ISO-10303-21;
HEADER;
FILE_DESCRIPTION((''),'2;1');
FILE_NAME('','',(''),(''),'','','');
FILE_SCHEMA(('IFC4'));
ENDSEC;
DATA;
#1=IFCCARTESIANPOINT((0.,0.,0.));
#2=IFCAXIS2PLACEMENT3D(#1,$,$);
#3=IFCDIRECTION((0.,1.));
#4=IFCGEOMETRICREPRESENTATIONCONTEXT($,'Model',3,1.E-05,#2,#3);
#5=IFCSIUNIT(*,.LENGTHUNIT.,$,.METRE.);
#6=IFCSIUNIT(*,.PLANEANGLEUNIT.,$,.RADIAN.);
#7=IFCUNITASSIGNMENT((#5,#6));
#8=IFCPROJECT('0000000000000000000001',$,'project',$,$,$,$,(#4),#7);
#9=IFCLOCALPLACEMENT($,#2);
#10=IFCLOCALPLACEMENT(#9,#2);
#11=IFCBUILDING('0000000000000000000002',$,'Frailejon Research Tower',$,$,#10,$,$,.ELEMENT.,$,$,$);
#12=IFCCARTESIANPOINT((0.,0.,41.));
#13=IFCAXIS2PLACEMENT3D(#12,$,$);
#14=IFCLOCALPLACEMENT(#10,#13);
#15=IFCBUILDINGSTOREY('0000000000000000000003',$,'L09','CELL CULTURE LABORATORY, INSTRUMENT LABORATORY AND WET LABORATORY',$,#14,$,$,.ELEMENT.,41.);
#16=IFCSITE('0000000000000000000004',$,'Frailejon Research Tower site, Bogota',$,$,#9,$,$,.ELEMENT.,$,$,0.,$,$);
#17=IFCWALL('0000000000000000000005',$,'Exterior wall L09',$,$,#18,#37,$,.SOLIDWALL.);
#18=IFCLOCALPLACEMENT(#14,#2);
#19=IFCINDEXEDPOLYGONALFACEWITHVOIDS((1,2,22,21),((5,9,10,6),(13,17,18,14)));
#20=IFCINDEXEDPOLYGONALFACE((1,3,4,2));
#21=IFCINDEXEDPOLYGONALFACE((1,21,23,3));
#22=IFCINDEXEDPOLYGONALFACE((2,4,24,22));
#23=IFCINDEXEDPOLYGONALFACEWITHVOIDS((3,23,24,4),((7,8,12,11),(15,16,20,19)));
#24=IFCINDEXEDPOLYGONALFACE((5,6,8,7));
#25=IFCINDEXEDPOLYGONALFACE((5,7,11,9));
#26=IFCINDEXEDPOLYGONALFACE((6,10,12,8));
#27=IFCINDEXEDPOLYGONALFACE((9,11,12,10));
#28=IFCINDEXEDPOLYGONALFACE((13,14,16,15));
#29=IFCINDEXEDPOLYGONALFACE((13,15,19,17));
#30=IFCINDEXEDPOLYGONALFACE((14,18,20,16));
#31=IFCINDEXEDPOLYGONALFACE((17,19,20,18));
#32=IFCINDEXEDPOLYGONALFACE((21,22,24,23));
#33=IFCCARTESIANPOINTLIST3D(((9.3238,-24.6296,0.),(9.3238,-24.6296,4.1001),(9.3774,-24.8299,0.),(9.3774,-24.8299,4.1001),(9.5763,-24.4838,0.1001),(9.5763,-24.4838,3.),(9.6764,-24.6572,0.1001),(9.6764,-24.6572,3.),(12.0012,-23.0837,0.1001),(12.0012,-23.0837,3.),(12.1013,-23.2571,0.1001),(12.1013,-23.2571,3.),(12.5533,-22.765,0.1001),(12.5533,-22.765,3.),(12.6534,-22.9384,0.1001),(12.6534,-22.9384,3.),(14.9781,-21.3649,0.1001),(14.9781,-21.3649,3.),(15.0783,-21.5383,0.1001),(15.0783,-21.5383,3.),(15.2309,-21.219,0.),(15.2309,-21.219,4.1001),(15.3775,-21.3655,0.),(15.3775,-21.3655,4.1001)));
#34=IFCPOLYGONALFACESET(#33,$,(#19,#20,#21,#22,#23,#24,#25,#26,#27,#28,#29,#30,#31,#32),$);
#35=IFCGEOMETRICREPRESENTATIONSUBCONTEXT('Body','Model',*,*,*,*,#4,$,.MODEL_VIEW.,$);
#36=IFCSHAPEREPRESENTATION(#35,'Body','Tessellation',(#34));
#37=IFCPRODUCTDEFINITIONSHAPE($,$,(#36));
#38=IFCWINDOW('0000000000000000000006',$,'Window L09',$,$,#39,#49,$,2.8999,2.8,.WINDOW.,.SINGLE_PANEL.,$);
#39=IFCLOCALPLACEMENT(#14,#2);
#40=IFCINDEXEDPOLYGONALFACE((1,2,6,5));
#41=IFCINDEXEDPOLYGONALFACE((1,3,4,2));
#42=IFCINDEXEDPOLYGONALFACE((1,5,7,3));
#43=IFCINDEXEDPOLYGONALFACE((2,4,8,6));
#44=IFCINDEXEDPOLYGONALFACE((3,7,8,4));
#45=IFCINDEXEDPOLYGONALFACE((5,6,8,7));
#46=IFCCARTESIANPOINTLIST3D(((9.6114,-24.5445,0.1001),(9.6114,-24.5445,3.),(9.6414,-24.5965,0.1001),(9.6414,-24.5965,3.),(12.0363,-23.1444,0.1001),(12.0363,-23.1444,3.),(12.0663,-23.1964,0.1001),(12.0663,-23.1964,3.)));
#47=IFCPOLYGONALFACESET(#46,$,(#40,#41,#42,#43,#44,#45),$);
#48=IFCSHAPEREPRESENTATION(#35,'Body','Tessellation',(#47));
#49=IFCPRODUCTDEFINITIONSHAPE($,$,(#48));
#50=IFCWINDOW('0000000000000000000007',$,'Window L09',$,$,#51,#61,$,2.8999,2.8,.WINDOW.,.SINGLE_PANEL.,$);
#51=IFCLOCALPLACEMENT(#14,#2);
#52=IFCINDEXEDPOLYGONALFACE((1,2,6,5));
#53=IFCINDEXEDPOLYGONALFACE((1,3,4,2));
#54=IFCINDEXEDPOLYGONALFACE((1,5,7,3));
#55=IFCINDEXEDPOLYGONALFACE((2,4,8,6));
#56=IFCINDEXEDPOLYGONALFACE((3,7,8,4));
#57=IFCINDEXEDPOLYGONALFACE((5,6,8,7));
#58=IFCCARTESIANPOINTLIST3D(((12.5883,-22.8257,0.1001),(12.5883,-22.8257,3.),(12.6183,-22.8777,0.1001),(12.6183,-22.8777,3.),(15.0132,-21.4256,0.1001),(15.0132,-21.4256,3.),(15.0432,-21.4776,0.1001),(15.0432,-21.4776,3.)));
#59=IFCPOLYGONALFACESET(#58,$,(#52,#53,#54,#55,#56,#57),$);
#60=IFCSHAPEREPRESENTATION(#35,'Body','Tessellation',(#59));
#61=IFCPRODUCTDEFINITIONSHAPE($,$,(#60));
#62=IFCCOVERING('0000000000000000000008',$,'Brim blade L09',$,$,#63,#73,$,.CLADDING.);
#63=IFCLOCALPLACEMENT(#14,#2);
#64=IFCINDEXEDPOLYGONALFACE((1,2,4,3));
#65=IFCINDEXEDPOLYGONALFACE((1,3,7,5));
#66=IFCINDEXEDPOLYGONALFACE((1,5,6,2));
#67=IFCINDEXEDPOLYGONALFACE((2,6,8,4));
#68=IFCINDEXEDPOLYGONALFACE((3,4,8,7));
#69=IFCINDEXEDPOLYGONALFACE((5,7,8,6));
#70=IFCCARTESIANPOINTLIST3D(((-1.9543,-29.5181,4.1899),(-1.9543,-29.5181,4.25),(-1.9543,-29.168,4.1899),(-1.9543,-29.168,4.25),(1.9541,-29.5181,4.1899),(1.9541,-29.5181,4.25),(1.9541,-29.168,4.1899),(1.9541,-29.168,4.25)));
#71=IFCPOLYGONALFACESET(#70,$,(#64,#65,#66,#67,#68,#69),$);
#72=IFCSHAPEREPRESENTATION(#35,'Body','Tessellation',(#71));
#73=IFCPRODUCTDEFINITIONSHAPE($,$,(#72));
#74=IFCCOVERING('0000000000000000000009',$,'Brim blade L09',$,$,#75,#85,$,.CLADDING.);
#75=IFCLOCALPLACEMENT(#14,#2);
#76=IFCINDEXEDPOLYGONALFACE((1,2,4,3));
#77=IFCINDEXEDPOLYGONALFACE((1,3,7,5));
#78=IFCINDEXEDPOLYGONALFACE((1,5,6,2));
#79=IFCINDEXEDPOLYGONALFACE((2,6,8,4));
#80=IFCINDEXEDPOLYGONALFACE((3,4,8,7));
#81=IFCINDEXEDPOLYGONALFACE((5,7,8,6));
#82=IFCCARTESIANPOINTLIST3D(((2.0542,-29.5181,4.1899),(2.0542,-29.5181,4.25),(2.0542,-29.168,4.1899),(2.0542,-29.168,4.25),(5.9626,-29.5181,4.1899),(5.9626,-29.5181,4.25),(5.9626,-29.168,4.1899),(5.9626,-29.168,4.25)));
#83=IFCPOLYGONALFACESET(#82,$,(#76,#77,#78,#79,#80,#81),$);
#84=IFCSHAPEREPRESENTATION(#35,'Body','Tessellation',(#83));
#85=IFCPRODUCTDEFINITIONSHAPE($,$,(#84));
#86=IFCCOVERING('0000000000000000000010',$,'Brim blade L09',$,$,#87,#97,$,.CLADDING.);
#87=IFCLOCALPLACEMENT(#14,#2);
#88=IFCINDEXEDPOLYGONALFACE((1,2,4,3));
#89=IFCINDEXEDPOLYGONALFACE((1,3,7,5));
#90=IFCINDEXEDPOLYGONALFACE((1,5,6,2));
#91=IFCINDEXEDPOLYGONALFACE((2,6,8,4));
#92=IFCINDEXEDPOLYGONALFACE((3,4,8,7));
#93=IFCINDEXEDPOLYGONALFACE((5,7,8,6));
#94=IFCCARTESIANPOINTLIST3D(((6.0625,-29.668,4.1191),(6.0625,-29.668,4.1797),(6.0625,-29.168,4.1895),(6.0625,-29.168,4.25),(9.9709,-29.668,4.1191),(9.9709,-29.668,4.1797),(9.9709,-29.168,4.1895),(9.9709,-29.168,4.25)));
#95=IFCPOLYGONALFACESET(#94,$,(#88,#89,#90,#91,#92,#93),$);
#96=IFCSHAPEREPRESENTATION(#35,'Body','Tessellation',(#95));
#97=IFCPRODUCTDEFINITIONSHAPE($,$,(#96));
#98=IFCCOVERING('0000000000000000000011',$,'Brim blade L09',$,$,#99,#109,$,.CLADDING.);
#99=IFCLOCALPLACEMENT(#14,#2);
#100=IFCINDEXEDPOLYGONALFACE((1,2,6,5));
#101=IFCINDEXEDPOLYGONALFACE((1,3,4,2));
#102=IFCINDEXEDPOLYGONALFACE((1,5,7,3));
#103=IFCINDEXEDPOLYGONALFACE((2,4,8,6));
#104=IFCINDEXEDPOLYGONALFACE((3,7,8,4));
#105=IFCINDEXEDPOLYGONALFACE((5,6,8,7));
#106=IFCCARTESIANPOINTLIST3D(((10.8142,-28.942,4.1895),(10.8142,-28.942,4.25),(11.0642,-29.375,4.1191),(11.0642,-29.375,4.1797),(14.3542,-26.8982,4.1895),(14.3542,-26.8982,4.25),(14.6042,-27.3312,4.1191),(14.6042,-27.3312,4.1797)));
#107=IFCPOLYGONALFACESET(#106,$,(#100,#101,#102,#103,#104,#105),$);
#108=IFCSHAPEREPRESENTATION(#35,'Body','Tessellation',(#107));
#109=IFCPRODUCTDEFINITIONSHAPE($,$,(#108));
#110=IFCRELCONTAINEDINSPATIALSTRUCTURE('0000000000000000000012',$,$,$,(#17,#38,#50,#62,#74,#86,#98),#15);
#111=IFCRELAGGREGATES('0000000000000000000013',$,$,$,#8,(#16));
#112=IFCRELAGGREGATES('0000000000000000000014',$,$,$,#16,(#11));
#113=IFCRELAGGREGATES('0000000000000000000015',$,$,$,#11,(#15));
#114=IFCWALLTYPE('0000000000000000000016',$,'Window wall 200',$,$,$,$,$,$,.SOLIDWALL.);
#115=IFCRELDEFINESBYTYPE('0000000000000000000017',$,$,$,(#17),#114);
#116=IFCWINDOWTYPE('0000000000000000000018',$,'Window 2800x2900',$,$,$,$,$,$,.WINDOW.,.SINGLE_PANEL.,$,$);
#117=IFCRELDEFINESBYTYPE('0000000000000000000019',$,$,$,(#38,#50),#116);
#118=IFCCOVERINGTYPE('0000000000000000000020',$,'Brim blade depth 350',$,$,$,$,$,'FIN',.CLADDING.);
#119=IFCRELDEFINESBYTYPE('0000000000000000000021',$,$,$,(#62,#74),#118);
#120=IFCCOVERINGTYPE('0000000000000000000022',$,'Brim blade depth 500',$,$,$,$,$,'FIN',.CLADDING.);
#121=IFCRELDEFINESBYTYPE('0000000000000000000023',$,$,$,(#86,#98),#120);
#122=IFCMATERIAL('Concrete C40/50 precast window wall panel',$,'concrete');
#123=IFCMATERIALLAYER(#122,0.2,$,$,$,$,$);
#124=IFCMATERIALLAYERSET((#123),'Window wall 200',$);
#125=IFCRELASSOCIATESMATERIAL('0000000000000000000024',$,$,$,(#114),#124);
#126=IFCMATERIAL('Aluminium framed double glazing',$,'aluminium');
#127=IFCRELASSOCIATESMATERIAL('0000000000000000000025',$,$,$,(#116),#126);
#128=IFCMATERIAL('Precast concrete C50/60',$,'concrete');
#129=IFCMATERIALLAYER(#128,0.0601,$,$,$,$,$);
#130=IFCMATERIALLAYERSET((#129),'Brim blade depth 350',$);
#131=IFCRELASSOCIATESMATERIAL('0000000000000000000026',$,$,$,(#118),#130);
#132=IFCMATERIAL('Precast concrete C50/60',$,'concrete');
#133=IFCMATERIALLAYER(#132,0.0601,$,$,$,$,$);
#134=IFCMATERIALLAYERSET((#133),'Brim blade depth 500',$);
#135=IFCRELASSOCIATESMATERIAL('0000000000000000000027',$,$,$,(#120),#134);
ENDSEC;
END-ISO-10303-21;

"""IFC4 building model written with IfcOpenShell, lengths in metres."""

from ifc_helpers import new_model, si_unit, direction, frame, frame_2d, origin, place, context, subcontext, project, spatial, polyline, rectangle, outline, extrude, material, layer, layer_set, type_object, element, fill, save


model = new_model("IFC4")

# Units and contexts
model_context = context("Model", 3, precision=1e-05, world=origin(), true_north=direction((0.0, 1.0)))
body_context = subcontext(model_context, "Body", "Model", "MODEL_VIEW")
ifc_project = project(units=[si_unit("LENGTHUNIT", "METRE"), si_unit("PLANEANGLEUNIT", "RADIAN")], contexts=[model_context])

# Site, building, storey
site_placement = place(None, origin())
site = spatial("IfcSite", under=ifc_project, at=site_placement, Name="Frailejon Research Tower site, Bogota", CompositionType="ELEMENT", RefElevation=0.0)
building_placement = place(site_placement, origin())
building = spatial("IfcBuilding", under=site, at=building_placement, Name="Frailejon Research Tower", CompositionType="ELEMENT")
storey_placement = place(building_placement, frame((0.0, 0.0, 41.0)))
storey = spatial("IfcBuildingStorey", under=building, at=storey_placement, Name="L09", Description="CELL CULTURE LABORATORY, INSTRUMENT LABORATORY AND WET LABORATORY", CompositionType="ELEMENT", Elevation=41.0)

# Wall, openings, windows
ifc_material_1 = material(Name="Concrete C40/50 precast window wall panel", Category="concrete")
ifc_layer_1 = layer(ifc_material_1, 0.2)
ifc_layer_set_1 = layer_set([ifc_layer_1], Name="Window wall 200")
wall_type = type_object("IfcWallType", Name="Window wall 200", PredefinedType="SOLIDWALL", material=ifc_layer_set_1)
wall_placement = place(storey_placement, frame((9.3506, -24.7297, 0.0), z_axis=(0.0, 0.0, 1.0), x_axis=(0.866014, 0.50002, 0.0)))
wall = element("IfcWall", 1, at=wall_placement, inside=storey, type_object=wall_type, Name="Exterior wall L09", PredefinedType="SOLIDWALL", context=body_context, shape_type="SweptSolid", body=[
    extrude(outline(polyline([(-0.0269, -0.1001), (1.1279, -0.1001), (2.2827, -0.1001), (3.4375, -0.1001), (4.592, -0.1001), (5.7468, -0.1001), (6.9016, -0.1001), (6.8479, 0.1001), (5.7109, 0.1001), (4.5742, 0.1001), (3.4375, 0.1001), (2.3005, 0.1001), (1.1636, 0.1001), (0.0269, 0.1001), (-0.0269, -0.1001)])), origin(), (0.0, 0.0, 1.0), 4.1001),
])
opening_1_placement = place(wall_placement, frame((0.3186, 0.0, 0.1001)))
opening_1 = element("IfcOpeningElement", 2, at=opening_1_placement, cuts=wall, PredefinedType="OPENING", context=body_context, shape_type="SweptSolid", body=[
    extrude(rectangle(XDim=2.8, YDim=2.8999, at=frame_2d((1.3999, 1.45))), frame((0.0, 0.1099, 0.0), z_axis=(0.0, -1.0, 0.0), x_axis=(1.0, 0.0, 0.0)), (0.0, 0.0, 1.0), 0.22),
])
opening_2_placement = place(wall_placement, frame((3.7561, 0.0, 0.1001)))
opening_2 = element("IfcOpeningElement", 3, at=opening_2_placement, cuts=wall, PredefinedType="OPENING", context=body_context, shape_type="SweptSolid", body=[
    extrude(rectangle(XDim=2.8, YDim=2.8999, at=frame_2d((1.3999, 1.45))), frame((0.0, 0.1099, 0.0), z_axis=(0.0, -1.0, 0.0), x_axis=(1.0, 0.0, 0.0)), (0.0, 0.0, 1.0), 0.22),
])
ifc_material_2 = material(Name="Aluminium framed double glazing", Category="aluminium")
window_type = type_object("IfcWindowType", Name="Window 2800x2900", PartitioningType="SINGLE_PANEL", PredefinedType="WINDOW", material=ifc_material_2)
window_1_placement = place(opening_1_placement, origin())
window_1 = element("IfcWindow", 4, at=window_1_placement, inside=storey, type_object=window_type, Name="Window L09", OverallHeight=2.8999, OverallWidth=2.8, PartitioningType="SINGLE_PANEL", PredefinedType="WINDOW", context=body_context, shape_type="SweptSolid", body=[
    extrude(rectangle(XDim=2.8, YDim=2.8999, at=frame_2d((1.3999, 1.45))), frame((0.0, 0.03, 0.0), z_axis=(0.0, -1.0, 0.0), x_axis=(1.0, 0.0, 0.0)), (0.0, 0.0, 1.0), 0.0601),
])
fill(opening_1, window_1)
window_2_placement = place(opening_2_placement, origin())
window_2 = element("IfcWindow", 5, at=window_2_placement, inside=storey, type_object=window_type, Name="Window L09", OverallHeight=2.8999, OverallWidth=2.8, PartitioningType="SINGLE_PANEL", PredefinedType="WINDOW", context=body_context, shape_type="SweptSolid", body=[
    extrude(rectangle(XDim=2.8, YDim=2.8999, at=frame_2d((1.3999, 1.45))), frame((0.0, 0.03, 0.0), z_axis=(0.0, -1.0, 0.0), x_axis=(1.0, 0.0, 0.0)), (0.0, 0.0, 1.0), 0.0601),
])
fill(opening_2, window_2)

# Coverings
ifc_material_3 = material(Name="Precast concrete C50/60", Category="concrete")
ifc_layer_2 = layer(ifc_material_3, 0.0601)
ifc_layer_set_2 = layer_set([ifc_layer_2], Name="Brim blade depth 350")
covering_type_1 = type_object("IfcCoveringType", Name="Brim blade depth 350", ElementType="FIN", PredefinedType="CLADDING", material=ifc_layer_set_2)
for number, where, z_axis, x_axis, name in (
    (6, (1.9541, -29.168, 4.25), (-1.0, 0.0, 0.0), (0.0, -1.0, 0.0), "Brim blade L09"),
    (7, (5.9626, -29.168, 4.25), (-1.0, 0.0, 0.0), (0.0, -1.0, 0.0), "Brim blade L09"),
):
    element("IfcCovering", number, at=place(storey_placement, frame(where, z_axis=z_axis, x_axis=x_axis)), inside=storey, type_object=covering_type_1, Name=name, PredefinedType="CLADDING", context=body_context, shape_type="SweptSolid", body=[
        extrude(outline(polyline([(0.0, -0.0601), (0.3501, -0.0601), (0.3501, 0.0), (0.0, 0.0), (0.0, -0.0601)])), origin(), (0.0, 0.0, 1.0), 3.9084),
    ])
ifc_material_4 = material(Name="Precast concrete C50/60", Category="concrete")
ifc_layer_3 = layer(ifc_material_4, 0.0601)
ifc_layer_set_3 = layer_set([ifc_layer_3], Name="Brim blade depth 500")
covering_type_2 = type_object("IfcCoveringType", Name="Brim blade depth 500", ElementType="FIN", PredefinedType="CLADDING", material=ifc_layer_set_3)
covering_1_placement = place(storey_placement, frame((9.9709, -29.168, 4.25), z_axis=(-1.0, 0.0, 0.0), x_axis=(0.0, -1.0, 0.0)))
element("IfcCovering", 8, at=covering_1_placement, inside=storey, type_object=covering_type_2, Name="Brim blade L09", PredefinedType="CLADDING", context=body_context, shape_type="SweptSolid", body=[
    extrude(outline(polyline([(0.0, -0.0605), (0.5, -0.1309), (0.5, -0.0703), (0.0, 0.0), (0.0, -0.0605)])), origin(), (0.0, 0.0, 1.0), 3.9084),
])
covering_2_placement = place(storey_placement, frame((14.3542, -26.8982, 4.25), z_axis=(-0.866027, -0.499997, 0.0), x_axis=(0.499997, -0.866027, 0.0)))
element("IfcCovering", 9, at=covering_2_placement, inside=storey, type_object=covering_type_2, Name="Brim blade L09", PredefinedType="CLADDING", context=body_context, shape_type="SweptSolid", body=[
    extrude(outline(polyline([(0.0, -0.0605), (0.5, -0.1309), (0.5, -0.0703), (0.0, 0.0), (0.0, -0.0605)])), origin(), (0.0, 0.0, 1.0), 4.0876),
])

save(model, "model.ifc")
